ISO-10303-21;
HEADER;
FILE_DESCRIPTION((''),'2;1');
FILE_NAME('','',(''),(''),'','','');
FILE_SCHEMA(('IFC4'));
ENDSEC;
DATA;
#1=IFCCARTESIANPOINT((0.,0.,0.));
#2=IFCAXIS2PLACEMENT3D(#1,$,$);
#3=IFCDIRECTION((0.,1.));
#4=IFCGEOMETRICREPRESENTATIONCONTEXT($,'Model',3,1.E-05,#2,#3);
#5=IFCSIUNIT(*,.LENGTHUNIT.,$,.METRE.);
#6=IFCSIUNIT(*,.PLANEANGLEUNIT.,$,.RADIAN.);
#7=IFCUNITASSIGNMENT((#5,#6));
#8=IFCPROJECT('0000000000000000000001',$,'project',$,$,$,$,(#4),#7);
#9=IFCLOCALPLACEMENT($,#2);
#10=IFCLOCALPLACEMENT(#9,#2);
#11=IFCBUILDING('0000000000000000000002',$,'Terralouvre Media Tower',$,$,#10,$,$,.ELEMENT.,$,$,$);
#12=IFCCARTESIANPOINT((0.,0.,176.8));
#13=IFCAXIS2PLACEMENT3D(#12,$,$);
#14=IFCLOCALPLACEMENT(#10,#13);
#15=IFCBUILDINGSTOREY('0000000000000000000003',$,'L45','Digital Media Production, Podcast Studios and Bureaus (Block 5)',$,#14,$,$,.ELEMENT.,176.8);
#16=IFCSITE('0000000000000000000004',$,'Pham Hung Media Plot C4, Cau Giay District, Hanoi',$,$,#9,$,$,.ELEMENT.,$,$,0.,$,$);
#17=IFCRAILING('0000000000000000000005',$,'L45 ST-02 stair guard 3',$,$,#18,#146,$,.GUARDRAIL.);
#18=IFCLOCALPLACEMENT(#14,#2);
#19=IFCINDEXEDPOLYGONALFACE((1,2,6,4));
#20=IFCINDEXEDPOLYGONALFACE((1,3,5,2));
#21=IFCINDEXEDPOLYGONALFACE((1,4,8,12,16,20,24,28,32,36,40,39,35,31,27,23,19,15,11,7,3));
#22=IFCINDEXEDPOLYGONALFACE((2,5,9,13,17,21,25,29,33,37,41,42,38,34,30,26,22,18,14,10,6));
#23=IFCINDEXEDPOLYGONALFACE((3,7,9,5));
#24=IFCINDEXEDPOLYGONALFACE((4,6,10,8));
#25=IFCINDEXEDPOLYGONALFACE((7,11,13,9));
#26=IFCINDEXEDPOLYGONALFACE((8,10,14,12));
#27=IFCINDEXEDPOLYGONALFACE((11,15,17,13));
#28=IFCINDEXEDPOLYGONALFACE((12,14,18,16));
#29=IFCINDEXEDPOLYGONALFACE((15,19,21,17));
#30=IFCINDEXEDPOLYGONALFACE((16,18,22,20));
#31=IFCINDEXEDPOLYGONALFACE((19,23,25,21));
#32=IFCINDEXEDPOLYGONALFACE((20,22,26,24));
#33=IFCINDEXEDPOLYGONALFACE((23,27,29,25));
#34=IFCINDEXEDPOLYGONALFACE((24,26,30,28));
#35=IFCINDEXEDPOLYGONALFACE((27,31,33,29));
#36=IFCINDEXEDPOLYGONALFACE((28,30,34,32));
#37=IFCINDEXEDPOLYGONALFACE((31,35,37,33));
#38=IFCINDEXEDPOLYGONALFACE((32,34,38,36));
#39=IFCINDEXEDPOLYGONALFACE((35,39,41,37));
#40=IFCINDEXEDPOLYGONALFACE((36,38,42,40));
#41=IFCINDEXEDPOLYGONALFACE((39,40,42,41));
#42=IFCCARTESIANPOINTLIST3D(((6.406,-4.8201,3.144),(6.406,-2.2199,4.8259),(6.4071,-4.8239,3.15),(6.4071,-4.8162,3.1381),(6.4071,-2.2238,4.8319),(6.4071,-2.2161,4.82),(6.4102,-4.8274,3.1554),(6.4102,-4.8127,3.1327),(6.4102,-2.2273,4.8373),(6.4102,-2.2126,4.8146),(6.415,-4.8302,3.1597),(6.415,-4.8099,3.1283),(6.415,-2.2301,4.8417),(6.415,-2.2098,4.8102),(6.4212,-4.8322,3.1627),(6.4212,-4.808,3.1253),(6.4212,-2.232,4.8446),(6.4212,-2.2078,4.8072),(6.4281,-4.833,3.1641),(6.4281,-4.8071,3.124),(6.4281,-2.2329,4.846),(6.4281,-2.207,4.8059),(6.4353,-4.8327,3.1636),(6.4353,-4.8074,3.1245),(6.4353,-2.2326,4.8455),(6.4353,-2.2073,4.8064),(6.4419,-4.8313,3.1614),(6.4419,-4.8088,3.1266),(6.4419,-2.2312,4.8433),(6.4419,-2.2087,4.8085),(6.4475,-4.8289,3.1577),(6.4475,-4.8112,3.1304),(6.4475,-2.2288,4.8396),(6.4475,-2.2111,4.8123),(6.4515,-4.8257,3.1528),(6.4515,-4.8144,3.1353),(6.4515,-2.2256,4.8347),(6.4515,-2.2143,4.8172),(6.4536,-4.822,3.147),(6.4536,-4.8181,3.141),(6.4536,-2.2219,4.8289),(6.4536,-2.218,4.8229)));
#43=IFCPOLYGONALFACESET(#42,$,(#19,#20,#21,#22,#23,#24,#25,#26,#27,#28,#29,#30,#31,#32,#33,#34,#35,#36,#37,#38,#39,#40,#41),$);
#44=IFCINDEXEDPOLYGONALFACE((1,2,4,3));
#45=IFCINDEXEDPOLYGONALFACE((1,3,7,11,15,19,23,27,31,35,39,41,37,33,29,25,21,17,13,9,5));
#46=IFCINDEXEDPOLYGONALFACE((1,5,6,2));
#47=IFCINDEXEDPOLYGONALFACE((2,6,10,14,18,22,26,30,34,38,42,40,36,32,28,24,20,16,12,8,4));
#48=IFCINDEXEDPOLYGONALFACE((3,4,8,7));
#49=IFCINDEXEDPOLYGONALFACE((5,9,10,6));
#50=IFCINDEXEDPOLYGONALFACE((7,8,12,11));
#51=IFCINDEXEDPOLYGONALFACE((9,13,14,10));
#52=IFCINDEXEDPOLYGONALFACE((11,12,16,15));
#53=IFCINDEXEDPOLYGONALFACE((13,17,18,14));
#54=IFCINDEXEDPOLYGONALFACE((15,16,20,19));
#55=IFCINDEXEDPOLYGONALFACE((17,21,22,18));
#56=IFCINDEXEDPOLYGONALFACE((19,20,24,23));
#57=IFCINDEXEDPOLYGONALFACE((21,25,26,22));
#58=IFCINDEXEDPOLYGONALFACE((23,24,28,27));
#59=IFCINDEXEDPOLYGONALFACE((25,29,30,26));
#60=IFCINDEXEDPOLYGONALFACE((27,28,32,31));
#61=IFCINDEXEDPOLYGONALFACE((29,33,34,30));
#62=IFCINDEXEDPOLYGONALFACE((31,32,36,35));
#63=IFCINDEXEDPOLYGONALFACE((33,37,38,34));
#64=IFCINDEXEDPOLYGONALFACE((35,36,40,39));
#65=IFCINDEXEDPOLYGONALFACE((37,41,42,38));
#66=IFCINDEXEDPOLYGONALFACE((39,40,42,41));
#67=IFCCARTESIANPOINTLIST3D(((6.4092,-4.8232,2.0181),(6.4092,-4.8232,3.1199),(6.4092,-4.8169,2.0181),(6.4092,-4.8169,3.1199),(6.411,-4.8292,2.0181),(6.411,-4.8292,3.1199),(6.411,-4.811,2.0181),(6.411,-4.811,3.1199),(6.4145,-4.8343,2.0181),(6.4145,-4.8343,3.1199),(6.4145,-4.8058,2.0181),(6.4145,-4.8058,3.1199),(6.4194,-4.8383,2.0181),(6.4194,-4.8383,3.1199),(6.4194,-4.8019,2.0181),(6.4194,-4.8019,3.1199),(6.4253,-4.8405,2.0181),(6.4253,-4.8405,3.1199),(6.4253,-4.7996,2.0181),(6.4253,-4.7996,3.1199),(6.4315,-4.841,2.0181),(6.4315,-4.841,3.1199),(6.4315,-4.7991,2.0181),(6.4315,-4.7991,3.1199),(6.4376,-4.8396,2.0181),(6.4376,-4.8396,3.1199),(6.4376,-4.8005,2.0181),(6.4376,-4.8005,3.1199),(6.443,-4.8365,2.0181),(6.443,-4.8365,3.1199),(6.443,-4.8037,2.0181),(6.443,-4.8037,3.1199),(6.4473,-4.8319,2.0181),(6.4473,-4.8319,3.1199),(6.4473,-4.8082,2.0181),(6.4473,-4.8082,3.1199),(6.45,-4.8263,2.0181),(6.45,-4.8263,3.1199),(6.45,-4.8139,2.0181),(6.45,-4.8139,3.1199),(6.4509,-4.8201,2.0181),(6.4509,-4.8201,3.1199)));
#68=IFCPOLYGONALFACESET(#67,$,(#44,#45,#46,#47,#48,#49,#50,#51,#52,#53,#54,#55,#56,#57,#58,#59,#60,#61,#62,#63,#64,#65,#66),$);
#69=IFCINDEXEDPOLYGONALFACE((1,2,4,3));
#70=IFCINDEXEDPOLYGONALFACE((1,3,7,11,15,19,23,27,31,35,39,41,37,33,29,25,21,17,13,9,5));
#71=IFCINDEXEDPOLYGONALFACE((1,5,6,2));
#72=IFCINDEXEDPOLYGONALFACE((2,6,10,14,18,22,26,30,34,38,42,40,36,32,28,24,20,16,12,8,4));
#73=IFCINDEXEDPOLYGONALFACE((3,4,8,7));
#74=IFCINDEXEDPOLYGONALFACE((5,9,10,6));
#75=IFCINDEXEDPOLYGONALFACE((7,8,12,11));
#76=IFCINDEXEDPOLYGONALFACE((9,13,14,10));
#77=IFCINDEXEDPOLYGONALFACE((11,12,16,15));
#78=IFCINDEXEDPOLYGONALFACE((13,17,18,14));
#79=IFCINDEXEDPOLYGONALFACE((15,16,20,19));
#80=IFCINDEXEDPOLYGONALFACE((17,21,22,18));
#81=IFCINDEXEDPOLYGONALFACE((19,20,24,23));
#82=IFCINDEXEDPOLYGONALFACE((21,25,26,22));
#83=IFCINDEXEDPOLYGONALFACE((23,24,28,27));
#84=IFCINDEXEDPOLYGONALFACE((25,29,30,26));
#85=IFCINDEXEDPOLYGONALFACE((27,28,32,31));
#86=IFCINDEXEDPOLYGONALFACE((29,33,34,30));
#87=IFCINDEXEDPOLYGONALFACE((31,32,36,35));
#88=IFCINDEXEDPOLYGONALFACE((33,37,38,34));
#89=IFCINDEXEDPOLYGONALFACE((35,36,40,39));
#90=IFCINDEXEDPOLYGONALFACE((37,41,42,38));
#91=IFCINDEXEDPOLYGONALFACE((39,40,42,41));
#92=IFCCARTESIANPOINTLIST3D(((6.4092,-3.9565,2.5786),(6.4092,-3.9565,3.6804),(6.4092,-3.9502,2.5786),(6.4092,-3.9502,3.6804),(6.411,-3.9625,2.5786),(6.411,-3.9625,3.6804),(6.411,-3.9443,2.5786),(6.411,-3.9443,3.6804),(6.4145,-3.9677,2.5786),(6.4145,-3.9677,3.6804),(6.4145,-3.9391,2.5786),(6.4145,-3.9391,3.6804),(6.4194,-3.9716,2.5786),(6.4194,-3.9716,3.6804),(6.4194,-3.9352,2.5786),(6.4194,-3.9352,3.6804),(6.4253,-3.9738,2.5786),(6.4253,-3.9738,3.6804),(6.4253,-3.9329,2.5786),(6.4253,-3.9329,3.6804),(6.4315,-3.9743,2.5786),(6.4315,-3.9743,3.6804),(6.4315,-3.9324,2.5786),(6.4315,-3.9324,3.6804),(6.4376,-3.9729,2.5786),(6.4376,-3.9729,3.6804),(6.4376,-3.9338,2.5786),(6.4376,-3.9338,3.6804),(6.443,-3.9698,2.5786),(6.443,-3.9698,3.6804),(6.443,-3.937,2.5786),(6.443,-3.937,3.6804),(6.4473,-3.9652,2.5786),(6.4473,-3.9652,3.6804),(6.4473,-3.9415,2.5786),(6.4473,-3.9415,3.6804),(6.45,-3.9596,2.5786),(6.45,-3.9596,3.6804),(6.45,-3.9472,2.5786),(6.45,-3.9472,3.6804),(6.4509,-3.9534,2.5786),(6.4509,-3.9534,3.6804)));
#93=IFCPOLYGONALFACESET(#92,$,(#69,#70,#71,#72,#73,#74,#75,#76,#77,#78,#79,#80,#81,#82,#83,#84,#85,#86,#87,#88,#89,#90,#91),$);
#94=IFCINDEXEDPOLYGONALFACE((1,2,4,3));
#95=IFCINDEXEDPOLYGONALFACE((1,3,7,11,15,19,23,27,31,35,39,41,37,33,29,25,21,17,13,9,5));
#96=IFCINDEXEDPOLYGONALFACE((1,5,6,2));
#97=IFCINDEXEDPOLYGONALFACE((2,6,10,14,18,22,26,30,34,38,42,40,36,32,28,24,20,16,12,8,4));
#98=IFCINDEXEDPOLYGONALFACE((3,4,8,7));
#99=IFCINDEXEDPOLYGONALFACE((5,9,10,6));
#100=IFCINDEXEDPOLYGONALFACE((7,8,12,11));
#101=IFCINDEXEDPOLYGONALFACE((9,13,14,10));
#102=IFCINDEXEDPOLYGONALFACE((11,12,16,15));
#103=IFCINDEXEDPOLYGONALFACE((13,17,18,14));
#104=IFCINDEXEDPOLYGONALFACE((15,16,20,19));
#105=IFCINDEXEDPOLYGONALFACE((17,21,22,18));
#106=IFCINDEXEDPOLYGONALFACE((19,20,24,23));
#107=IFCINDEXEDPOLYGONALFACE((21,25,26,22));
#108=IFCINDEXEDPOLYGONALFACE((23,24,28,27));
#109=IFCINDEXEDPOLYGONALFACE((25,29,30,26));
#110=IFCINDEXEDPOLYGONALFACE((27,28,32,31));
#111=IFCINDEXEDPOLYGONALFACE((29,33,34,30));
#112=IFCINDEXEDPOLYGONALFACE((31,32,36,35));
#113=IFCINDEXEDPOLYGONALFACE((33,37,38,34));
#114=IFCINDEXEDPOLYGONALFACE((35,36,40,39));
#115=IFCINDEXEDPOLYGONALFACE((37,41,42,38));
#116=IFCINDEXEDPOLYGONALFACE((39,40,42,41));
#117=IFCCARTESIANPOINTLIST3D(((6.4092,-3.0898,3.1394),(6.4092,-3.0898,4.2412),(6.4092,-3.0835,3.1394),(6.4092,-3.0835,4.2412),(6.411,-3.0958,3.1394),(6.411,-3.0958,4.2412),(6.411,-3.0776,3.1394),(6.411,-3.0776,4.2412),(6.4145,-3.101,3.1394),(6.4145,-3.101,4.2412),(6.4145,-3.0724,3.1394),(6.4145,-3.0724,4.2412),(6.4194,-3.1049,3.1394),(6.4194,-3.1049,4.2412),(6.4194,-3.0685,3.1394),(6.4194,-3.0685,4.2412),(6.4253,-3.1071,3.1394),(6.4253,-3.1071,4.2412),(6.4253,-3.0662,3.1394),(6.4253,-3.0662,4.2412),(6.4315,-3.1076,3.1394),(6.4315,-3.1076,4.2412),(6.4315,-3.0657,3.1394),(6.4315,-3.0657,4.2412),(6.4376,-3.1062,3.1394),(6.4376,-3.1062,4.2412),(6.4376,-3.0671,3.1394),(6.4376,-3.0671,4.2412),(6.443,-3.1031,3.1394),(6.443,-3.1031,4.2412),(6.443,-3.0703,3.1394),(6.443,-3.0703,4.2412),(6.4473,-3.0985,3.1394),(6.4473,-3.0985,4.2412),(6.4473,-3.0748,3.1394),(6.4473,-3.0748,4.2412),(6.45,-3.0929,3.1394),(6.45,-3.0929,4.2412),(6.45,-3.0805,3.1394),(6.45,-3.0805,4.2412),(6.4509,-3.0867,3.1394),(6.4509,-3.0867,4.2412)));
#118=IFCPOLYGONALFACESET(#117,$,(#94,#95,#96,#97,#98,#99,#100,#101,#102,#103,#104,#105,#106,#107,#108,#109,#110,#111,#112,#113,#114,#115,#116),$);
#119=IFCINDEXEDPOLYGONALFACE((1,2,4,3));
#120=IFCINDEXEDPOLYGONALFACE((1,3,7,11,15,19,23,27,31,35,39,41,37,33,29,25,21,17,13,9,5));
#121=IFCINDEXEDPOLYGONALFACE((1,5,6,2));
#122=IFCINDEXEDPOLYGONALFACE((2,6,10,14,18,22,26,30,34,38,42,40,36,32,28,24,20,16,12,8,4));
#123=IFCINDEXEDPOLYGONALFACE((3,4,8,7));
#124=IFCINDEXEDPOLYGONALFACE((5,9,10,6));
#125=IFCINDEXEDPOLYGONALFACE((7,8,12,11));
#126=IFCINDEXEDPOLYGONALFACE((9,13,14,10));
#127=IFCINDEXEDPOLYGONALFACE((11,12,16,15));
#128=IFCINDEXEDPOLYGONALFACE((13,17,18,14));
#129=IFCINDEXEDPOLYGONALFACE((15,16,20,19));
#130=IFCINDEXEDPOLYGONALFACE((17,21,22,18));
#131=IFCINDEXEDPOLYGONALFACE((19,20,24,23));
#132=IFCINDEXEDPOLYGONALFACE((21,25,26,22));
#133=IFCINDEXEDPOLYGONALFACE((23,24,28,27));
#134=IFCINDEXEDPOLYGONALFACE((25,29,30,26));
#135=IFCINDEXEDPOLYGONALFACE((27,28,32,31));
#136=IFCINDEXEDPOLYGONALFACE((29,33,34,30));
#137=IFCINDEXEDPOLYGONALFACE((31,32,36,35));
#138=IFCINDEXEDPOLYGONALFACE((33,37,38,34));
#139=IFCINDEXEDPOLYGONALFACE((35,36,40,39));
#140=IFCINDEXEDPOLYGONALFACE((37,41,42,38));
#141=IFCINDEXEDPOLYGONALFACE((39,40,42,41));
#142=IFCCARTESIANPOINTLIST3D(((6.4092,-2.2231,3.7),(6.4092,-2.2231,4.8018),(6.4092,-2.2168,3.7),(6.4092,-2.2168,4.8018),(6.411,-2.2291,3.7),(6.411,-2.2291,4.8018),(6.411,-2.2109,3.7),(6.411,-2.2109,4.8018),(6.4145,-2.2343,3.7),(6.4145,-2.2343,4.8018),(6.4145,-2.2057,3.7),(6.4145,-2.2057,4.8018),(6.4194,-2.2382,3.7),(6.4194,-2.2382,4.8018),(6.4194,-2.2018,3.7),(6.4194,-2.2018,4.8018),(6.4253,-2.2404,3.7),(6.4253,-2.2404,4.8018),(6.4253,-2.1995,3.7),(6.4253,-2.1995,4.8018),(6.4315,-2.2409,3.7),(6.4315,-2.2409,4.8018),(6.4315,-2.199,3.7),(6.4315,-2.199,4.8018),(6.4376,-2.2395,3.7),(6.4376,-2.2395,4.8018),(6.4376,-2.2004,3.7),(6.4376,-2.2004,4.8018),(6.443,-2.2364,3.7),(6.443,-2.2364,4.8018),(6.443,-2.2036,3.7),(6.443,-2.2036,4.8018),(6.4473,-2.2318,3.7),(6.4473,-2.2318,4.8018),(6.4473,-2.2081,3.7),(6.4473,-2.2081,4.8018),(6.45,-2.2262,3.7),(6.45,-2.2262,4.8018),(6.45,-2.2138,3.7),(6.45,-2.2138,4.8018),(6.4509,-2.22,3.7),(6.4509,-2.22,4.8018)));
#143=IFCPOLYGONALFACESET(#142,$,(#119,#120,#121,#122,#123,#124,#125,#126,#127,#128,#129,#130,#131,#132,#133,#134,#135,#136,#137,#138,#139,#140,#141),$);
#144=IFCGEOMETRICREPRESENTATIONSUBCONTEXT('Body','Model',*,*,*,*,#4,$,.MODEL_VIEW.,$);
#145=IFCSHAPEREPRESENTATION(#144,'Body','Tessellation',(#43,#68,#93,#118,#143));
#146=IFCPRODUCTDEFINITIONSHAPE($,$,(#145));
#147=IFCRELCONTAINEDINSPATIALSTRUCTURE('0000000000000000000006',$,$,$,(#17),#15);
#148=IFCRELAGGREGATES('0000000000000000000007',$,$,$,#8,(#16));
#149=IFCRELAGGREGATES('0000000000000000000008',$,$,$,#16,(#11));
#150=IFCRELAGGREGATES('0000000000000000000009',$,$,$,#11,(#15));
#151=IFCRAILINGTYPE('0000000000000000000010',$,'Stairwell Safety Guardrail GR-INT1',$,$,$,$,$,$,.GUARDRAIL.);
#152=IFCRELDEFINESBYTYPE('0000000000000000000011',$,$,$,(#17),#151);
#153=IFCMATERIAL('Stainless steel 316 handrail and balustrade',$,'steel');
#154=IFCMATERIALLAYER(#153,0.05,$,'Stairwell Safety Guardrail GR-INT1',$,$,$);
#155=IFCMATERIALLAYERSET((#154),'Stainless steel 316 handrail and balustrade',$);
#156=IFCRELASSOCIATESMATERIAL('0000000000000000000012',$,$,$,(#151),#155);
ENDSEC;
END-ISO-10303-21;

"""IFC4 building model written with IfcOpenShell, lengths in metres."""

from ifc_helpers import new_model, si_unit, direction, frame, origin, origin_2d, place, context, subcontext, project, spatial, circle, extrude, material, layer, layer_set, type_object, element, save


model = new_model("IFC4")

# Units and contexts
model_context = context("Model", 3, precision=1e-05, world=origin(), true_north=direction((0.0, 1.0)))
body_context = subcontext(model_context, "Body", "Model", "MODEL_VIEW")
ifc_project = project(units=[si_unit("LENGTHUNIT", "METRE"), si_unit("PLANEANGLEUNIT", "RADIAN")], contexts=[model_context])

# Site, building, storey
site_placement = place(None, origin())
site = spatial("IfcSite", under=ifc_project, at=site_placement, Name="Pham Hung Media Plot C4, Cau Giay District, Hanoi", CompositionType="ELEMENT", RefElevation=0.0)
building_placement = place(site_placement, origin())
building = spatial("IfcBuilding", under=site, at=building_placement, Name="Terralouvre Media Tower", CompositionType="ELEMENT")
storey_placement = place(building_placement, frame((0.0, 0.0, 176.8)))
storey = spatial("IfcBuildingStorey", under=building, at=storey_placement, Name="L45", Description="Digital Media Production, Podcast Studios and Bureaus (Block 5)", CompositionType="ELEMENT", Elevation=176.8)

# Railing
ifc_material_1 = material(Name="Stainless steel 316 handrail and balustrade", Category="steel")
ifc_layer_1 = layer(ifc_material_1, 0.05, Name="Stairwell Safety Guardrail GR-INT1")
ifc_layer_set_1 = layer_set([ifc_layer_1], Name="Stainless steel 316 handrail and balustrade")
railing_type_1 = type_object("IfcRailingType", Name="Stairwell Safety Guardrail GR-INT1", PredefinedType="GUARDRAIL", material=ifc_layer_set_1)
railing_1_placement = place(storey_placement, frame((6.4299, -4.8201, 2.0181)))
element("IfcRailing", 1, at=railing_1_placement, inside=storey, type_object=railing_type_1, Name="L45 ST-02 stair guard 3", PredefinedType="GUARDRAIL", context=body_context, shape_type="SweptSolid", body=[
    extrude(circle(Radius=0.0239, at=origin_2d()), frame((0.0, 0.0, 1.126), z_axis=(0.0, 0.839648, 0.54313), x_axis=(-1.0, 0.0, 0.0)), (0.0, 0.0, 1.0), 3.0967),
    extrude(circle(Radius=0.021, at=origin_2d()), origin(), (0.0, 0.0, 1.0), 1.1018),
    extrude(circle(Radius=0.021, at=origin_2d()), frame((0.0, 0.8667, 0.5605)), (0.0, 0.0, 1.0), 1.1018),
    extrude(circle(Radius=0.021, at=origin_2d()), frame((0.0, 1.7334, 1.1213)), (0.0, 0.0, 1.0), 1.1018),
    extrude(circle(Radius=0.021, at=origin_2d()), frame((0.0, 2.6001, 1.6819)), (0.0, 0.0, 1.0), 1.1018),
])

save(model, "model.ifc")
